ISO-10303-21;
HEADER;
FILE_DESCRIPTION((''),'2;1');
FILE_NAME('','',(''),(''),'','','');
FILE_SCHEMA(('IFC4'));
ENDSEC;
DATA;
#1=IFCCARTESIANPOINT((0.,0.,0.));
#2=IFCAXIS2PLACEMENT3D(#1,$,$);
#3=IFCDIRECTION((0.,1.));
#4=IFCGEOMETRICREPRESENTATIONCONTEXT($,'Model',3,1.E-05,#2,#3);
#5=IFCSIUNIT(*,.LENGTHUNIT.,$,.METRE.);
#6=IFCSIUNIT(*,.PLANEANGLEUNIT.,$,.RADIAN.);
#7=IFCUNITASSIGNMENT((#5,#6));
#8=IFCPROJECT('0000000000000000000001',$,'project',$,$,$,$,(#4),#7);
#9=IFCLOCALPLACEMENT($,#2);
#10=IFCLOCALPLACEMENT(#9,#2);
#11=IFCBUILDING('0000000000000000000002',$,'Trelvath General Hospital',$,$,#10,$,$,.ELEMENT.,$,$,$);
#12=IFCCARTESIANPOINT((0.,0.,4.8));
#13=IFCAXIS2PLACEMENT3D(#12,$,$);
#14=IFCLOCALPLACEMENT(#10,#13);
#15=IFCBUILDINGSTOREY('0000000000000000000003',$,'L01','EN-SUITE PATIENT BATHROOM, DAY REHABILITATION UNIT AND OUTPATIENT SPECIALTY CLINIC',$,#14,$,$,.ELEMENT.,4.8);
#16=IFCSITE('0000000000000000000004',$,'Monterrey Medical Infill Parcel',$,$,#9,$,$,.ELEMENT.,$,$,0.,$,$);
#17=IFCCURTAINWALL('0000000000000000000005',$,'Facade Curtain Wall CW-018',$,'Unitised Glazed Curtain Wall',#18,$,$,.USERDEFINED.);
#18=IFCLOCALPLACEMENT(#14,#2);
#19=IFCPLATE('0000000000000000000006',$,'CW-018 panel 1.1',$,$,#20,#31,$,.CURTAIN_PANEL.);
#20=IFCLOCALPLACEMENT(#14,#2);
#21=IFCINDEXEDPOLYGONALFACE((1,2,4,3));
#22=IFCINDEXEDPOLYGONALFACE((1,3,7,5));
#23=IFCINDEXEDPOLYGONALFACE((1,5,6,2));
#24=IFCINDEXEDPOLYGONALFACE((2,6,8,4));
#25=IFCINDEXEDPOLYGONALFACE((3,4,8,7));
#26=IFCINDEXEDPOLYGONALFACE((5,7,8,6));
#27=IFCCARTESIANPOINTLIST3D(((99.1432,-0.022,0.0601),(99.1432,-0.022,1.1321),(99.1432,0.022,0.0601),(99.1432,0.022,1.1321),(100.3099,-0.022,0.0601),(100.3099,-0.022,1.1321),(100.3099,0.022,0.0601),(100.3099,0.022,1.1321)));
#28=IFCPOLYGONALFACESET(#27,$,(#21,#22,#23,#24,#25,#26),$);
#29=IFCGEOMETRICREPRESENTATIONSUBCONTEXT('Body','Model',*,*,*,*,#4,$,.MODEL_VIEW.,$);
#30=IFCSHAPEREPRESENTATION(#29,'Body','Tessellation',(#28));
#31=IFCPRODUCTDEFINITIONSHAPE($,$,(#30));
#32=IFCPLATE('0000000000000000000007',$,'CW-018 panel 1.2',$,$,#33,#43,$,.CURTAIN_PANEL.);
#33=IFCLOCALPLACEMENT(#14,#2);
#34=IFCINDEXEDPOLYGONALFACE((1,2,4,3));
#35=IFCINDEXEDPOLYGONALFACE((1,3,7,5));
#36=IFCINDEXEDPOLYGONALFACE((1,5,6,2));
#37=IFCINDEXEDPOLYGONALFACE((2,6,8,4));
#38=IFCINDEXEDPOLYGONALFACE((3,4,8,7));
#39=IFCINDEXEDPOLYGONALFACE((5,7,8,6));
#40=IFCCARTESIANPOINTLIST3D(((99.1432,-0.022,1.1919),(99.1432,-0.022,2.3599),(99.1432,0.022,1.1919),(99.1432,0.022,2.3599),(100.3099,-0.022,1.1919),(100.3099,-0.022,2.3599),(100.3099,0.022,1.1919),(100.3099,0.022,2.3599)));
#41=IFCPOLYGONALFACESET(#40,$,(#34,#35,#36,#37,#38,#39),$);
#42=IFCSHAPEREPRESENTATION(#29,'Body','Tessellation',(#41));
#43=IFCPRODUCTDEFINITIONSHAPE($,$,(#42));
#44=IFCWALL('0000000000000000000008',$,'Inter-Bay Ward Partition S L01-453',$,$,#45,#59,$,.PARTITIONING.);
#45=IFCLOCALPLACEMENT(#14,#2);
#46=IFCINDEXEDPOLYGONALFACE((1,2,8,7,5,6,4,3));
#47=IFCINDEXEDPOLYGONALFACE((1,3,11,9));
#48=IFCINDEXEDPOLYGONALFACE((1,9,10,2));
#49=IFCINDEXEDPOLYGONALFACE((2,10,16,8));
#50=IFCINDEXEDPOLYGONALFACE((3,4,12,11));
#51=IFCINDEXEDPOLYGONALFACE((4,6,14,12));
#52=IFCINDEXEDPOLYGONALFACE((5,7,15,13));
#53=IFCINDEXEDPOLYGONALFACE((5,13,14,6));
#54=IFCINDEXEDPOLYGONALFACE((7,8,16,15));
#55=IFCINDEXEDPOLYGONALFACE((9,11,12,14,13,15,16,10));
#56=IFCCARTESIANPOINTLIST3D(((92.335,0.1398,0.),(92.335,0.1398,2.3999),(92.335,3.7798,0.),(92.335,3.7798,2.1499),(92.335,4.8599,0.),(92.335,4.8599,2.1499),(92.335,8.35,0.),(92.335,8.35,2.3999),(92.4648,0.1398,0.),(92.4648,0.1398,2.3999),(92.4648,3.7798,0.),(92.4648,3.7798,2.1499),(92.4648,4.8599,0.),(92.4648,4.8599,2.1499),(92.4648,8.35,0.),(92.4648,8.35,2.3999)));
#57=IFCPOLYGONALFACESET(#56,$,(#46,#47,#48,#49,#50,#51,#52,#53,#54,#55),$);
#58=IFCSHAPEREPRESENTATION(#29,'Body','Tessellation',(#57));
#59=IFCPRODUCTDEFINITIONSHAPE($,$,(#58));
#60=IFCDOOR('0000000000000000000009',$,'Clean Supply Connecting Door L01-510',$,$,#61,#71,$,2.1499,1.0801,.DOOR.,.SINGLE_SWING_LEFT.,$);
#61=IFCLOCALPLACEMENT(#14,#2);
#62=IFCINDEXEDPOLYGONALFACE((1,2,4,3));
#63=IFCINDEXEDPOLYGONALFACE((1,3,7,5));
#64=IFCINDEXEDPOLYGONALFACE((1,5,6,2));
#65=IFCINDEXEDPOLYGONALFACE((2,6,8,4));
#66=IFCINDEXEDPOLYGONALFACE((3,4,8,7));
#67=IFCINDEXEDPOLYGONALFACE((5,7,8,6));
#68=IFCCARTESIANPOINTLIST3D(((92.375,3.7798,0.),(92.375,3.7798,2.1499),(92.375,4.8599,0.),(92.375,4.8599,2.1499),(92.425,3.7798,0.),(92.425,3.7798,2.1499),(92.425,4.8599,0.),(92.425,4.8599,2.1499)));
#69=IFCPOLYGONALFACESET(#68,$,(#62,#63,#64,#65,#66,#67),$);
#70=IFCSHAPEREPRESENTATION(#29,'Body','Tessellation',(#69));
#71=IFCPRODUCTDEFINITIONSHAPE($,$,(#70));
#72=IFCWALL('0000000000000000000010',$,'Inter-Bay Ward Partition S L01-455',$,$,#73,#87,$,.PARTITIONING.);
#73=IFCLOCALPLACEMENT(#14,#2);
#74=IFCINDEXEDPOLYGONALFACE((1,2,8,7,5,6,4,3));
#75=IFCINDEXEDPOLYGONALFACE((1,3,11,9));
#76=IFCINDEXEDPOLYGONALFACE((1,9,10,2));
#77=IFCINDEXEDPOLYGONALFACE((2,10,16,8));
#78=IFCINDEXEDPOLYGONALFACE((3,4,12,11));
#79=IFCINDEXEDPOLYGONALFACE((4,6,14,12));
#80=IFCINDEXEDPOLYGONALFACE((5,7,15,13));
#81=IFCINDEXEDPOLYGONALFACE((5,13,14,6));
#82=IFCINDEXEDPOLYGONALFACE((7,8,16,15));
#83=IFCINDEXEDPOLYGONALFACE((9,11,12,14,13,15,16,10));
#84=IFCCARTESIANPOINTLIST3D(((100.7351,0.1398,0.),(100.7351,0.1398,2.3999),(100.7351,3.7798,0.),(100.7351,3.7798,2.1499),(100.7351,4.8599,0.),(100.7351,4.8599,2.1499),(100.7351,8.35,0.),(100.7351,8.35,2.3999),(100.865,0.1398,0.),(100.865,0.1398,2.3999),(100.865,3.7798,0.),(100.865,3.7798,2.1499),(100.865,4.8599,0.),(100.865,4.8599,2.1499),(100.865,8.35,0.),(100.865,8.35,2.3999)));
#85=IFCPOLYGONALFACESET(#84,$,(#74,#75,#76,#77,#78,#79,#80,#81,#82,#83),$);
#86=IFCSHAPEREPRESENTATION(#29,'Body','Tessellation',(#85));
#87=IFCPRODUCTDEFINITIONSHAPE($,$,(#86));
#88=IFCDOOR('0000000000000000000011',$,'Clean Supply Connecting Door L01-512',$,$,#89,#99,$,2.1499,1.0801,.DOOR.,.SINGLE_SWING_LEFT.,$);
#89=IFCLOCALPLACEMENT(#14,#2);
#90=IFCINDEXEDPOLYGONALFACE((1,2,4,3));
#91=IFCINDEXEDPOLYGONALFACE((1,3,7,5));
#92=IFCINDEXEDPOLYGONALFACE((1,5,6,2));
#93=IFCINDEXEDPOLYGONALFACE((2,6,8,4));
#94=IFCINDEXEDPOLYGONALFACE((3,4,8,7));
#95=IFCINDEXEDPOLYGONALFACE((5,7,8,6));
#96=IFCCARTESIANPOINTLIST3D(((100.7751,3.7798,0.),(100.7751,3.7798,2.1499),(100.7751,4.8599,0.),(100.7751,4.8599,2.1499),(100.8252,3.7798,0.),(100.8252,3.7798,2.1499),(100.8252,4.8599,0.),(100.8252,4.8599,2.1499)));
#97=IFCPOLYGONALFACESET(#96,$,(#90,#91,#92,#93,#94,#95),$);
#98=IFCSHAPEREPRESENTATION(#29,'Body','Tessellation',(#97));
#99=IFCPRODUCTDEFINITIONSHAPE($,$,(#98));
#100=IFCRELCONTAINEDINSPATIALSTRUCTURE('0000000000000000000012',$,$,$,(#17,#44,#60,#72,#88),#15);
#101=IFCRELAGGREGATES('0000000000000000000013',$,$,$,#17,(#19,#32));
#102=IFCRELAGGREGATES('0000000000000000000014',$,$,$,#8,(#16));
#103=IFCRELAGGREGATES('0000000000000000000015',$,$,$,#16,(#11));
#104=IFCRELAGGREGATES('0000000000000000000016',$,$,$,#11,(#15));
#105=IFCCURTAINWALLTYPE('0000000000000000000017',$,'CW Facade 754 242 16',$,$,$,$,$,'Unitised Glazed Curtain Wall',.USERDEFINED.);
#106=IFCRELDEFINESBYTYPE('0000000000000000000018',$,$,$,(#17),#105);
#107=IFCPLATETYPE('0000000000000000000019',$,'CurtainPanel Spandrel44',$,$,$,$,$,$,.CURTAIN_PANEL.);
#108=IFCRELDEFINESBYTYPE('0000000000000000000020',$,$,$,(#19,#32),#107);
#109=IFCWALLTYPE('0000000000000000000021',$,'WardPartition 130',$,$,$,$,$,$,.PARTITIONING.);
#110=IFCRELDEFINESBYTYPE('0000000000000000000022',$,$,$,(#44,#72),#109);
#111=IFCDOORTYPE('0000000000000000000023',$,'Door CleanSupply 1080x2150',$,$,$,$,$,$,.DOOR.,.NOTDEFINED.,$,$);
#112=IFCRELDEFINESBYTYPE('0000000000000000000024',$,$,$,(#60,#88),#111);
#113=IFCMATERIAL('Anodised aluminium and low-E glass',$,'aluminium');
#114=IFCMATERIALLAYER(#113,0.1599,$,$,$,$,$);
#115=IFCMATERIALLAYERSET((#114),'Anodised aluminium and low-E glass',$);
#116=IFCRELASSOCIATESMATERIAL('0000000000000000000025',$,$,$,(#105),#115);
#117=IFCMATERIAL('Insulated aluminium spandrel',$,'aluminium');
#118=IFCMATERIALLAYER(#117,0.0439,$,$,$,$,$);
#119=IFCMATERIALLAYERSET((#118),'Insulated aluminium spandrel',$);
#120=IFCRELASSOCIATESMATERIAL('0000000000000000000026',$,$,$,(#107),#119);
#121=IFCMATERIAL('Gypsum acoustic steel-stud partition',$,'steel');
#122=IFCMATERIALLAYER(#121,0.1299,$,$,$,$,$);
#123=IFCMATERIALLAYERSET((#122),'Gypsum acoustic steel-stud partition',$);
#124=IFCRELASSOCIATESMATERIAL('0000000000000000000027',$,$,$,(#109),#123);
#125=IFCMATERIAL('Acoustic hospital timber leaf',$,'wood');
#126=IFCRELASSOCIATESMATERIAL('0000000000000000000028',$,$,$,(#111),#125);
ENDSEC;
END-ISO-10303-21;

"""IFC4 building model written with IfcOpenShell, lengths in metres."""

from ifc_helpers import new_model, si_unit, direction, frame, frame_2d, origin, origin_2d, place, context, subcontext, project, spatial, rectangle, extrude, material, layer, layer_set, type_object, element, fill, aggregate, save


model = new_model("IFC4")

# Units and contexts
model_context = context("Model", 3, precision=1e-05, world=origin(), true_north=direction((0.0, 1.0)))
body_context = subcontext(model_context, "Body", "Model", "MODEL_VIEW")
ifc_project = project(units=[si_unit("LENGTHUNIT", "METRE"), si_unit("PLANEANGLEUNIT", "RADIAN")], contexts=[model_context])

# Site, building, storey
site_placement = place(None, origin())
site = spatial("IfcSite", under=ifc_project, at=site_placement, Name="Monterrey Medical Infill Parcel", CompositionType="ELEMENT", RefElevation=0.0)
building_placement = place(site_placement, origin())
building = spatial("IfcBuilding", under=site, at=building_placement, Name="Trelvath General Hospital", CompositionType="ELEMENT")
storey_placement = place(building_placement, frame((0.0, 0.0, 4.8)))
storey = spatial("IfcBuildingStorey", under=building, at=storey_placement, Name="L01", Description="EN-SUITE PATIENT BATHROOM, DAY REHABILITATION UNIT AND OUTPATIENT SPECIALTY CLINIC", CompositionType="ELEMENT", Elevation=4.8)

# Curtain wall, plates
ifc_material_1 = material(Name="Anodised aluminium and low-E glass", Category="aluminium")
ifc_layer_1 = layer(ifc_material_1, 0.1599)
ifc_layer_set_1 = layer_set([ifc_layer_1], Name="Anodised aluminium and low-E glass")
curtain_wall_type = type_object("IfcCurtainWallType", Name="CW Facade 754 242 16", ElementType="Unitised Glazed Curtain Wall", PredefinedType="USERDEFINED", material=ifc_layer_set_1)
curtain_wall_placement = place(storey_placement, origin())
curtain_wall = element("IfcCurtainWall", 1, at=curtain_wall_placement, inside=storey, type_object=curtain_wall_type, Name="Facade Curtain Wall CW-018", ObjectType="Unitised Glazed Curtain Wall", PredefinedType="USERDEFINED")
ifc_material_2 = material(Name="Insulated aluminium spandrel", Category="aluminium")
ifc_layer_2 = layer(ifc_material_2, 0.0439)
ifc_layer_set_2 = layer_set([ifc_layer_2], Name="Insulated aluminium spandrel")
plate_type = type_object("IfcPlateType", Name="CurtainPanel Spandrel44", PredefinedType="CURTAIN_PANEL", material=ifc_layer_set_2)
plate_1_placement = place(storey_placement, frame((99.7266, 0.0, 0.0601), z_axis=(0.0, 0.0, 1.0), x_axis=(-1.0, 0.0, 0.0)))
plate_1 = element("IfcPlate", 2, at=plate_1_placement, type_object=plate_type, Name="CW-018 panel 1.1", PredefinedType="CURTAIN_PANEL", context=body_context, shape_type="SweptSolid", body=[
    extrude(rectangle(XDim=1.1667, YDim=0.0439, at=origin_2d()), origin(), (0.0, 0.0, 1.0), 1.072),
])
plate_2_placement = place(storey_placement, frame((99.7266, 0.0, 1.1919), z_axis=(0.0, 0.0, 1.0), x_axis=(-1.0, 0.0, 0.0)))
plate_2 = element("IfcPlate", 3, at=plate_2_placement, type_object=plate_type, Name="CW-018 panel 1.2", PredefinedType="CURTAIN_PANEL", context=body_context, shape_type="SweptSolid", body=[
    extrude(rectangle(XDim=1.1667, YDim=0.0439, at=origin_2d()), origin(), (0.0, 0.0, 1.0), 1.168),
])
aggregate(curtain_wall, [plate_1, plate_2])

# Walls, openings, doors
ifc_material_3 = material(Name="Gypsum acoustic steel-stud partition", Category="steel")
ifc_layer_3 = layer(ifc_material_3, 0.1299)
ifc_layer_set_3 = layer_set([ifc_layer_3], Name="Gypsum acoustic steel-stud partition")
wall_type = type_object("IfcWallType", Name="WardPartition 130", PredefinedType="PARTITIONING", material=ifc_layer_set_3)
wall_1_placement = place(storey_placement, frame((92.3999, 0.1399, 0.0), z_axis=(0.0, 0.0, 1.0), x_axis=(0.0, 1.0, 0.0)))
wall_1 = element("IfcWall", 4, at=wall_1_placement, inside=storey, type_object=wall_type, Name="Inter-Bay Ward Partition S L01-453", PredefinedType="PARTITIONING", context=body_context, shape_type="SweptSolid", body=[
    extrude(rectangle(XDim=8.2102, YDim=0.1299, at=frame_2d((4.105, 0.0))), origin(), (0.0, 0.0, 1.0), 2.3999),
])
opening_1_placement = place(wall_1_placement, frame((3.6399, 0.0, 0.0)))
opening_1 = element("IfcOpeningElement", 5, at=opening_1_placement, cuts=wall_1, PredefinedType="OPENING", context=body_context, shape_type="SweptSolid", body=[
    extrude(rectangle(XDim=1.0801, YDim=2.1499, at=frame_2d((0.54, 1.075))), frame((0.0, 0.075, 0.0), z_axis=(0.0, -1.0, 0.0), x_axis=(1.0, 0.0, 0.0)), (0.0, 0.0, 1.0), 0.1499),
])
ifc_material_4 = material(Name="Acoustic hospital timber leaf", Category="wood")
door_type = type_object("IfcDoorType", Name="Door CleanSupply 1080x2150", OperationType="NOTDEFINED", PredefinedType="DOOR", material=ifc_material_4)
door_1_placement = place(opening_1_placement, origin())
door_1 = element("IfcDoor", 6, at=door_1_placement, inside=storey, type_object=door_type, Name="Clean Supply Connecting Door L01-510", OperationType="SINGLE_SWING_LEFT", OverallHeight=2.1499, OverallWidth=1.0801, PredefinedType="DOOR", context=body_context, shape_type="SweptSolid", body=[
    extrude(rectangle(XDim=1.0801, YDim=2.1499, at=frame_2d((0.54, 1.075))), frame((0.0, 0.0249, 0.0), z_axis=(0.0, -1.0, 0.0), x_axis=(1.0, 0.0, 0.0)), (0.0, 0.0, 1.0), 0.05),
])
fill(opening_1, door_1)
wall_2_placement = place(storey_placement, frame((100.8, 0.1399, 0.0), z_axis=(0.0, 0.0, 1.0), x_axis=(0.0, 1.0, 0.0)))
wall_2 = element("IfcWall", 7, at=wall_2_placement, inside=storey, type_object=wall_type, Name="Inter-Bay Ward Partition S L01-455", PredefinedType="PARTITIONING", context=body_context, shape_type="SweptSolid", body=[
    extrude(rectangle(XDim=8.2102, YDim=0.1299, at=frame_2d((4.105, 0.0))), origin(), (0.0, 0.0, 1.0), 2.3999),
])
opening_2_placement = place(wall_2_placement, frame((3.6399, 0.0, 0.0)))
opening_2 = element("IfcOpeningElement", 8, at=opening_2_placement, cuts=wall_2, PredefinedType="OPENING", context=body_context, shape_type="SweptSolid", body=[
    extrude(rectangle(XDim=1.0801, YDim=2.1499, at=frame_2d((0.54, 1.075))), frame((0.0, 0.075, 0.0), z_axis=(0.0, -1.0, 0.0), x_axis=(1.0, 0.0, 0.0)), (0.0, 0.0, 1.0), 0.1499),
])
door_2_placement = place(opening_2_placement, origin())
door_2 = element("IfcDoor", 9, at=door_2_placement, inside=storey, type_object=door_type, Name="Clean Supply Connecting Door L01-512", OperationType="SINGLE_SWING_LEFT", OverallHeight=2.1499, OverallWidth=1.0801, PredefinedType="DOOR", context=body_context, shape_type="SweptSolid", body=[
    extrude(rectangle(XDim=1.0801, YDim=2.1499, at=frame_2d((0.54, 1.075))), frame((0.0, 0.0249, 0.0), z_axis=(0.0, -1.0, 0.0), x_axis=(1.0, 0.0, 0.0)), (0.0, 0.0, 1.0), 0.05),
])
fill(opening_2, door_2)

save(model, "model.ifc")
